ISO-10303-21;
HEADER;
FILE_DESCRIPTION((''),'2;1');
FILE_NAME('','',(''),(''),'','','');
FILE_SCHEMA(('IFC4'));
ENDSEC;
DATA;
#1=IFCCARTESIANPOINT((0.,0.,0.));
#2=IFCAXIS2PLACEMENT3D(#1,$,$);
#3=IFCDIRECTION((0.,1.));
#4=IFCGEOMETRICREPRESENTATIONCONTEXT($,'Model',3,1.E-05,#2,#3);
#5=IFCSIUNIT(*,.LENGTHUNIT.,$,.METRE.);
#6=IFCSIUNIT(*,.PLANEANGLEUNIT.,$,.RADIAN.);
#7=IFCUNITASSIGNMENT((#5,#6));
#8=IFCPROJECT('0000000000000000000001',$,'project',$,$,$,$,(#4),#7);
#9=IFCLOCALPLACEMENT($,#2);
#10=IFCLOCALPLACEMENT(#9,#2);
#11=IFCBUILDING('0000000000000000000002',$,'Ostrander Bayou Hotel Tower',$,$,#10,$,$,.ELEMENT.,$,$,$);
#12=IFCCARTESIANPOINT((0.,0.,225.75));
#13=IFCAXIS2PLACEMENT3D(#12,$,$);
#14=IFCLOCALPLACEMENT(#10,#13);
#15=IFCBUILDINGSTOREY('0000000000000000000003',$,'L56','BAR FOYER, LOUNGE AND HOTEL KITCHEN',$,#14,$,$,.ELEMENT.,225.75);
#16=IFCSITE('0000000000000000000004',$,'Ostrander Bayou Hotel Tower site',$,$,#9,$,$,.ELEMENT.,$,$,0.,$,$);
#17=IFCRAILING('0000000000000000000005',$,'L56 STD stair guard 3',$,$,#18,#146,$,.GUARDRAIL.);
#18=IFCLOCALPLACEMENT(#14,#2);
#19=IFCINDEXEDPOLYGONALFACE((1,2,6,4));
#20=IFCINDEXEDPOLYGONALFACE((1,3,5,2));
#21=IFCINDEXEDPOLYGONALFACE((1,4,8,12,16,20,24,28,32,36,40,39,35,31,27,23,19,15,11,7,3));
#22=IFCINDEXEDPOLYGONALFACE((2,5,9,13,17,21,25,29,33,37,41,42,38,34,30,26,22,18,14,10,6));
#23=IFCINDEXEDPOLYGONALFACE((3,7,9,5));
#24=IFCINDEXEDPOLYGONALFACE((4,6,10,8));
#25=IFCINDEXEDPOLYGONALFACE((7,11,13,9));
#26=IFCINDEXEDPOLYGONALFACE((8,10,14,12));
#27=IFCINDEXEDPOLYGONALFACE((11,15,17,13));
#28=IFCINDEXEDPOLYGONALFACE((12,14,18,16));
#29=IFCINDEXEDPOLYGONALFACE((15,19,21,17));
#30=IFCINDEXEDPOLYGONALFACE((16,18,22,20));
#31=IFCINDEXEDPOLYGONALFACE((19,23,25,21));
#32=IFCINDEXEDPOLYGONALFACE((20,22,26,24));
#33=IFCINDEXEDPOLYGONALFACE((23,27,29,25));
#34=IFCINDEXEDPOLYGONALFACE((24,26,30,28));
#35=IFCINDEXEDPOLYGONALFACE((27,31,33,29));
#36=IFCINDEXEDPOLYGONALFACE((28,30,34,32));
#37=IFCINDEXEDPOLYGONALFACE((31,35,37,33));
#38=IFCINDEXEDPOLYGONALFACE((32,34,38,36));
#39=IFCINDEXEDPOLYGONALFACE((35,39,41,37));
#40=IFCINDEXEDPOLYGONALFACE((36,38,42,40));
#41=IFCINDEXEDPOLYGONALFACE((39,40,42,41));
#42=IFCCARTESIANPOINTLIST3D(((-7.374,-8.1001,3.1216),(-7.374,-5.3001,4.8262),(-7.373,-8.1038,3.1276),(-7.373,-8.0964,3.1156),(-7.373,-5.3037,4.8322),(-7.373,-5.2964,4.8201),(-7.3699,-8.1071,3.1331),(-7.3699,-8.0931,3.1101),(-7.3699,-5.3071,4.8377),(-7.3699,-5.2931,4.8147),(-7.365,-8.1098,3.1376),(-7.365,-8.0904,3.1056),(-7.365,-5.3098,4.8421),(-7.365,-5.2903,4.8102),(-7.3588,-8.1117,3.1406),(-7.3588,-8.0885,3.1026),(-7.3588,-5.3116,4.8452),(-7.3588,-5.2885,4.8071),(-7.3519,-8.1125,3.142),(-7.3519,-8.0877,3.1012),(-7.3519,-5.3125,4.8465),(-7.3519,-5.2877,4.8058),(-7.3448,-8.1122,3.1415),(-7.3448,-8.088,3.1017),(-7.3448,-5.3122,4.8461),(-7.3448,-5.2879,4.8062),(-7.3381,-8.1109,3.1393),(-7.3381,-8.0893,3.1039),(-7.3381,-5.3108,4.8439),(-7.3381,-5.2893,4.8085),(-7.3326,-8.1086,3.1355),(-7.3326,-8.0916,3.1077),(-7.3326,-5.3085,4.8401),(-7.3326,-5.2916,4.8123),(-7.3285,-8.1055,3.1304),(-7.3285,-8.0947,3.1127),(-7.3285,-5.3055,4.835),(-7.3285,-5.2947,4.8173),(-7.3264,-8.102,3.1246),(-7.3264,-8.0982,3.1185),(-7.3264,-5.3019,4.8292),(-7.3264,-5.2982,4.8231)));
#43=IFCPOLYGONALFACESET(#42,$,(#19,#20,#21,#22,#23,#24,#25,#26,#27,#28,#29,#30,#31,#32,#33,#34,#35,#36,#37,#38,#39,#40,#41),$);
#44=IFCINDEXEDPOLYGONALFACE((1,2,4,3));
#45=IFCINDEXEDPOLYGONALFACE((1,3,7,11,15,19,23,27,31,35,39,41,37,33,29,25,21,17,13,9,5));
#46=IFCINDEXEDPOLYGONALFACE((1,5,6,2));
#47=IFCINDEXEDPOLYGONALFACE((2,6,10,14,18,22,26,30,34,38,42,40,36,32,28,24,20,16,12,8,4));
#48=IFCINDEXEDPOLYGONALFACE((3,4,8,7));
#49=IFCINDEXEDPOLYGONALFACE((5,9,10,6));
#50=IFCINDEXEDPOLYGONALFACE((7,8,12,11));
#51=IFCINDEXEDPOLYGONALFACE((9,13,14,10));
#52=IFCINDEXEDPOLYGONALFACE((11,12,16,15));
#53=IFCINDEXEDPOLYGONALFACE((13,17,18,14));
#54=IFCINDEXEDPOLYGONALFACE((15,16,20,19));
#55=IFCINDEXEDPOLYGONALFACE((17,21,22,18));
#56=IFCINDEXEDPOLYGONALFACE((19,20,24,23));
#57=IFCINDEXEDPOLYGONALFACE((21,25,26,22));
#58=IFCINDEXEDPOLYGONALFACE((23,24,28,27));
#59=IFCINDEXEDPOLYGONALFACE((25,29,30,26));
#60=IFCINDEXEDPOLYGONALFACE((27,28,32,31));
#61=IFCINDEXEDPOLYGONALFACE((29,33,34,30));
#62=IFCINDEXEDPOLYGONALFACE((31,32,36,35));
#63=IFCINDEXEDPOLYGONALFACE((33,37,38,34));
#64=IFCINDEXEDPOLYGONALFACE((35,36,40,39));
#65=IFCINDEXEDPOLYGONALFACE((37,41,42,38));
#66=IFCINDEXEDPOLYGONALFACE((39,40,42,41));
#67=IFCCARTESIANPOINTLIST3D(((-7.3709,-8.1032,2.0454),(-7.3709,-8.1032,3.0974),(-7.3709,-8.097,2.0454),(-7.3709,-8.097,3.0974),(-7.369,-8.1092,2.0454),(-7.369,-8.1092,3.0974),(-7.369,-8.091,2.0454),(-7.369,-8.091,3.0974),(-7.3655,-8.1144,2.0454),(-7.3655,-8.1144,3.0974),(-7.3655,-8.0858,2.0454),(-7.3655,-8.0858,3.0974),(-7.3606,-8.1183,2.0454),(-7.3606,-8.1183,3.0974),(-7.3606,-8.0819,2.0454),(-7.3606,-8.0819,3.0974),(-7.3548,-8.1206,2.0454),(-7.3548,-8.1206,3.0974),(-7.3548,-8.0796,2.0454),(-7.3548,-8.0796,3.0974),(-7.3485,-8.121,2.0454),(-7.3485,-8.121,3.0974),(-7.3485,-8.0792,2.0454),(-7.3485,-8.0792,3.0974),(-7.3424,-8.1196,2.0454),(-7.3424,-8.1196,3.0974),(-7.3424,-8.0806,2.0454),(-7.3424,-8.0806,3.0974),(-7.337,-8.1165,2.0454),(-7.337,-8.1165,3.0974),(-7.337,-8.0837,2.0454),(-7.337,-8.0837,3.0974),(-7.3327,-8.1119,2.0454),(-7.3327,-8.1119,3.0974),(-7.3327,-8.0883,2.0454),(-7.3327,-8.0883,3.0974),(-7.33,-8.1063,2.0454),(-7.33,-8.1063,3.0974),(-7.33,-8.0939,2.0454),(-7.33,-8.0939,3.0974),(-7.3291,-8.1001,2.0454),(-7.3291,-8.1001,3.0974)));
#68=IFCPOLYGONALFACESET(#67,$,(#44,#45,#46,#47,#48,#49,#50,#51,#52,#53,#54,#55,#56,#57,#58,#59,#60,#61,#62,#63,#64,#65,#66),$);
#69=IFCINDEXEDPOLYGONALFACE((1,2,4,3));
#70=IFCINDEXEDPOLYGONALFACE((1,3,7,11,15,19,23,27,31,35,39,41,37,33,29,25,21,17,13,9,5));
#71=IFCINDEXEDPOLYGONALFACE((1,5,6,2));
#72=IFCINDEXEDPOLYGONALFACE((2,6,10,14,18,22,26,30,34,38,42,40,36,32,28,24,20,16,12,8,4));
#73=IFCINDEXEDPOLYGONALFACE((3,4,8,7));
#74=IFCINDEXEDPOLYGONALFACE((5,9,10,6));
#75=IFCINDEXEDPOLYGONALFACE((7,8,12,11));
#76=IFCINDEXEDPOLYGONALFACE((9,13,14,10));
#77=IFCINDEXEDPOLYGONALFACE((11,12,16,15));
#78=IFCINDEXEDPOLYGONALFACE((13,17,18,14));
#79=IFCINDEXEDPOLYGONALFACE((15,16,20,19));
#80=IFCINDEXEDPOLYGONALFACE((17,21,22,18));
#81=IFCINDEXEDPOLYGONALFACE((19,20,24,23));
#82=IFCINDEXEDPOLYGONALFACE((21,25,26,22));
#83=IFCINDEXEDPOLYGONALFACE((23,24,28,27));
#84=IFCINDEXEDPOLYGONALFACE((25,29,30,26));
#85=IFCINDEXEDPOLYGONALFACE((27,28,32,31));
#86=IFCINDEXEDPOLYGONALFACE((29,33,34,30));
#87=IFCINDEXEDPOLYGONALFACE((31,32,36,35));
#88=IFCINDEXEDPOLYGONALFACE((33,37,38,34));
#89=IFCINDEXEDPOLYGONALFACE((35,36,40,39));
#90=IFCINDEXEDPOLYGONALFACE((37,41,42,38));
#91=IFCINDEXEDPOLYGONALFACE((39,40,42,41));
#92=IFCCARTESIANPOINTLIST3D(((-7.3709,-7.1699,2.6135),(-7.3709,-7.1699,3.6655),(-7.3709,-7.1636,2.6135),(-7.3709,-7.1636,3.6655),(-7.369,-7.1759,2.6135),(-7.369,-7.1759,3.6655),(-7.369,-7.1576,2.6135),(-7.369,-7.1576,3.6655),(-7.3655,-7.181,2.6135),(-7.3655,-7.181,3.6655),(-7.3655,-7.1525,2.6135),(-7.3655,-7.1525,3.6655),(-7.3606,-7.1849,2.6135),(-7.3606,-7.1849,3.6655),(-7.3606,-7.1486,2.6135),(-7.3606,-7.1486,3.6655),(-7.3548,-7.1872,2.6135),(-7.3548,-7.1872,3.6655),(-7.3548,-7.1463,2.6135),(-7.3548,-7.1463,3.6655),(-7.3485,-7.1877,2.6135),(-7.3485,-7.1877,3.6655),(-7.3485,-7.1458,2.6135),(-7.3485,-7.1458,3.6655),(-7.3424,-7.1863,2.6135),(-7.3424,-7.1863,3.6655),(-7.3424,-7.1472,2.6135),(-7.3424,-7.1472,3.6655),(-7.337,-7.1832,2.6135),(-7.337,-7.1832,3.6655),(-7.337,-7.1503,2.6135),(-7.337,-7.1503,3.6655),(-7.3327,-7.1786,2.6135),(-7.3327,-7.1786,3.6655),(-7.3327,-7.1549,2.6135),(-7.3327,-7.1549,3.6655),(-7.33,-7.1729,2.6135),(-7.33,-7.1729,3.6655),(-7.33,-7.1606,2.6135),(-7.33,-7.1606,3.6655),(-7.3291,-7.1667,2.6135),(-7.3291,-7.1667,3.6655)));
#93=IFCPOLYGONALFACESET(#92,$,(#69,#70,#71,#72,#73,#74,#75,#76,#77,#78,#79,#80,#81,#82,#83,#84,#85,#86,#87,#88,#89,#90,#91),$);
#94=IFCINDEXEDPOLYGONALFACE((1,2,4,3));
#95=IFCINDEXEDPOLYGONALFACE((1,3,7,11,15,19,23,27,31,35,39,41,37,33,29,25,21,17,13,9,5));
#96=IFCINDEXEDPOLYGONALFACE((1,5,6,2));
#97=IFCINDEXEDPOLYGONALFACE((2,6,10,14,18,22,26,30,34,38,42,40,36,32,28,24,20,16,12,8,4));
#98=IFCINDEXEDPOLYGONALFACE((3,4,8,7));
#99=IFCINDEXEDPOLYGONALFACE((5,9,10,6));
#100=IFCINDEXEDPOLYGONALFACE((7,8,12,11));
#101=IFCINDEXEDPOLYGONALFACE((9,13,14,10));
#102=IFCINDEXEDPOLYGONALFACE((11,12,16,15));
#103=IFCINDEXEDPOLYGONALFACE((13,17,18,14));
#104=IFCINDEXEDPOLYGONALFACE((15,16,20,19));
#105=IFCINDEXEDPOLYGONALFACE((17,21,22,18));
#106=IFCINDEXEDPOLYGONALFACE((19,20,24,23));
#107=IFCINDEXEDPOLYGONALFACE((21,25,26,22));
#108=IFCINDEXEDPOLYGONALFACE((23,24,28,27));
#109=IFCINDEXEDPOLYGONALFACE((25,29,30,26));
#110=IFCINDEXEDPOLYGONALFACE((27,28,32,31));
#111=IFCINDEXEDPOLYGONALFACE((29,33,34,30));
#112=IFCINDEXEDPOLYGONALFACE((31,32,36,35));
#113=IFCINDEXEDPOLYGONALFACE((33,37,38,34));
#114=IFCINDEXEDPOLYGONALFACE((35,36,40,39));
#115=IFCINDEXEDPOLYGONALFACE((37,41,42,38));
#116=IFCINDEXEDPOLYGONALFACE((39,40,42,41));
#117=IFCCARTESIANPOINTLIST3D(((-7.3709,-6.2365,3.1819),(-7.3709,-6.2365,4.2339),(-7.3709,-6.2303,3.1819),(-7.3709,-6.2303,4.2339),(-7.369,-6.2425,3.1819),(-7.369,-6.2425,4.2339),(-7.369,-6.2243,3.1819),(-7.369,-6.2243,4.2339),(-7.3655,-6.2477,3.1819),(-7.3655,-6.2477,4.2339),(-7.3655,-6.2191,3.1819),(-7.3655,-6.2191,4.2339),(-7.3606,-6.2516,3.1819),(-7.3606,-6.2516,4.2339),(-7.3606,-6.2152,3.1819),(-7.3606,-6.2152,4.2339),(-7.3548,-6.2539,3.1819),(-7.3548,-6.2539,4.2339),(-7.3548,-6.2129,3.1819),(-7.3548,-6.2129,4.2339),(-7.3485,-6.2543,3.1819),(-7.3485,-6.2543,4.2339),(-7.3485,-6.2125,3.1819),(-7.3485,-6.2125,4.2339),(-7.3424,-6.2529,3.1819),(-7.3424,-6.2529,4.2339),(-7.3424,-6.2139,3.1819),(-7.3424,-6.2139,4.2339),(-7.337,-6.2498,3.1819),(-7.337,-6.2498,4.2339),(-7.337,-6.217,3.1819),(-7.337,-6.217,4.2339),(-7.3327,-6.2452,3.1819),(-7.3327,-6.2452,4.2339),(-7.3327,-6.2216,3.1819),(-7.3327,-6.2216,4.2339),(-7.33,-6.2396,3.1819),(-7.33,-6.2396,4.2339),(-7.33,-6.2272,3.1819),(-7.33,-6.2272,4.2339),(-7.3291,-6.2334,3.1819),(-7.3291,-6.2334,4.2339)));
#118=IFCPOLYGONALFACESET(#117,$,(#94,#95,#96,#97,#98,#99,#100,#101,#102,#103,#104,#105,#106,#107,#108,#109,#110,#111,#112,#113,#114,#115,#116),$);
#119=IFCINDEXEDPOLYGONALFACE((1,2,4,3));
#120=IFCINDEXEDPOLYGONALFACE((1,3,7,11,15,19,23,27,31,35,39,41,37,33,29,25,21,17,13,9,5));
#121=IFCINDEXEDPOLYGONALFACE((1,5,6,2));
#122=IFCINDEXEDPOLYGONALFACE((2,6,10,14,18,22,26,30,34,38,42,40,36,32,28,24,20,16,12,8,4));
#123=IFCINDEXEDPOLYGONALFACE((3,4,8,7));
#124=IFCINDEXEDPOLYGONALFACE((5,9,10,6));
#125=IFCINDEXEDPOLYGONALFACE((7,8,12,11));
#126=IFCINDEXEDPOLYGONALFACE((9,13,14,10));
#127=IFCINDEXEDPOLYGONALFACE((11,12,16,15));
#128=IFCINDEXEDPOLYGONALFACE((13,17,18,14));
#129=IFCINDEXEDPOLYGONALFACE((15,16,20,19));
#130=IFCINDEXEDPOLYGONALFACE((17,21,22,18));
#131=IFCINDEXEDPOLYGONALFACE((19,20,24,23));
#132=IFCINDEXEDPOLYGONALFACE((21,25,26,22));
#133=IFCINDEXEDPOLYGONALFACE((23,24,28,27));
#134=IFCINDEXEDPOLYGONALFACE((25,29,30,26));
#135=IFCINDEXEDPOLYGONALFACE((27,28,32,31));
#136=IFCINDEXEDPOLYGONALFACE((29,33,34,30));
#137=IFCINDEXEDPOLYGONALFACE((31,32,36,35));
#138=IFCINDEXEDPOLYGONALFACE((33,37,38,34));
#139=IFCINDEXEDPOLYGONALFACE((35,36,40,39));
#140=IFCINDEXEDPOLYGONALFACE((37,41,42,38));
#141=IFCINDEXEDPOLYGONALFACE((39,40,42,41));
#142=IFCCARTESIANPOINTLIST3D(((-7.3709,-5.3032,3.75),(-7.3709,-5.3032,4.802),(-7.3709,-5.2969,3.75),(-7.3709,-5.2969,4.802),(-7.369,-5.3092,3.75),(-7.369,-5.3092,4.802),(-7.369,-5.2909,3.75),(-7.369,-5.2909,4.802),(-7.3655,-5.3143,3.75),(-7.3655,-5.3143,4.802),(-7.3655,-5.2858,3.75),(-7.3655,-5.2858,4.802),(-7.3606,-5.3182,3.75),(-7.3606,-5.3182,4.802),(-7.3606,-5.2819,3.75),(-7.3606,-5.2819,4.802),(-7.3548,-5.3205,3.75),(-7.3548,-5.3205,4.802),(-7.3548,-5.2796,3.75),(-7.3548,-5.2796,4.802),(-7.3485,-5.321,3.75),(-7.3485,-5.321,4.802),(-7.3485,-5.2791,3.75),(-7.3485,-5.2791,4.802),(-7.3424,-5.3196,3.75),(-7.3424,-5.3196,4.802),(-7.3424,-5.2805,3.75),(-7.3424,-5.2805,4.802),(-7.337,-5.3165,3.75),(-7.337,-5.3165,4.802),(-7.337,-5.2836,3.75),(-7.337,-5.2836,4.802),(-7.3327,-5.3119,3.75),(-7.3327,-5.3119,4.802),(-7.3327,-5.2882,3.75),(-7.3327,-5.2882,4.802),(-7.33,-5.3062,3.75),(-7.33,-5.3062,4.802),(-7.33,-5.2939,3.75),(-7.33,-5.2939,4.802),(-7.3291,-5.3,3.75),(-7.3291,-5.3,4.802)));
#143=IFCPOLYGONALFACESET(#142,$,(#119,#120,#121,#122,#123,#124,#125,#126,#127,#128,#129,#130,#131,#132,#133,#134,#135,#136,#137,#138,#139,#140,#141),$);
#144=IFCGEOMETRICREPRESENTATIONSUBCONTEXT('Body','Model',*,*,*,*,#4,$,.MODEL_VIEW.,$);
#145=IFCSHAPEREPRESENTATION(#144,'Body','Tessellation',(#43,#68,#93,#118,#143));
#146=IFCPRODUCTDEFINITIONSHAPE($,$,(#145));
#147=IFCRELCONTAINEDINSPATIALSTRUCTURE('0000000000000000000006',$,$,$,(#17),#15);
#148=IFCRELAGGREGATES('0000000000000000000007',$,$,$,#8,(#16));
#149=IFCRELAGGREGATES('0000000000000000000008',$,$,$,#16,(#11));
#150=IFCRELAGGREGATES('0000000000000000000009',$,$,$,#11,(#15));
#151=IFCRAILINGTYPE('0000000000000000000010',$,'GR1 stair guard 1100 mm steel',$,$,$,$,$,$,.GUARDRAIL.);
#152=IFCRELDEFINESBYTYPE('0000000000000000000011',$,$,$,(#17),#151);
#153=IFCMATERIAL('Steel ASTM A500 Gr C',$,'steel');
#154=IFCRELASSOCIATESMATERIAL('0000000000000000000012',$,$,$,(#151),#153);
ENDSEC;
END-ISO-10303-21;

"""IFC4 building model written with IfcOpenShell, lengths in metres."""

from ifc_helpers import new_model, si_unit, direction, frame, origin, origin_2d, place, context, subcontext, project, spatial, circle, extrude, material, type_object, element, save


model = new_model("IFC4")

# Units and contexts
model_context = context("Model", 3, precision=1e-05, world=origin(), true_north=direction((0.0, 1.0)))
body_context = subcontext(model_context, "Body", "Model", "MODEL_VIEW")
ifc_project = project(units=[si_unit("LENGTHUNIT", "METRE"), si_unit("PLANEANGLEUNIT", "RADIAN")], contexts=[model_context])

# Site, building, storey
site_placement = place(None, origin())
site = spatial("IfcSite", under=ifc_project, at=site_placement, Name="Ostrander Bayou Hotel Tower site", CompositionType="ELEMENT", RefElevation=0.0)
building_placement = place(site_placement, origin())
building = spatial("IfcBuilding", under=site, at=building_placement, Name="Ostrander Bayou Hotel Tower", CompositionType="ELEMENT")
storey_placement = place(building_placement, frame((0.0, 0.0, 225.75)))
storey = spatial("IfcBuildingStorey", under=building, at=storey_placement, Name="L56", Description="BAR FOYER, LOUNGE AND HOTEL KITCHEN", CompositionType="ELEMENT", Elevation=225.75)

# Railing
ifc_material_1 = material(Name="Steel ASTM A500 Gr C", Category="steel")
railing_type_1 = type_object("IfcRailingType", Name="GR1 stair guard 1100 mm steel", PredefinedType="GUARDRAIL", material=ifc_material_1)
railing_1_placement = place(storey_placement, frame((-7.3501, -8.1001, 2.0454)))
element("IfcRailing", 1, at=railing_1_placement, inside=storey, type_object=railing_type_1, Name="L56 STD stair guard 3", PredefinedType="GUARDRAIL", context=body_context, shape_type="SweptSolid", body=[
    extrude(circle(Radius=0.0239, at=origin_2d()), frame((0.0, 0.0, 1.0762), z_axis=(0.0, 0.85417, 0.519994), x_axis=(-1.0, 0.0, 0.0)), (0.0, 0.0, 1.0), 3.2781),
    extrude(circle(Radius=0.021, at=origin_2d()), origin(), (0.0, 0.0, 1.0), 1.052),
    extrude(circle(Radius=0.021, at=origin_2d()), frame((0.0, 0.9333, 0.5681)), (0.0, 0.0, 1.0), 1.052),
    extrude(circle(Radius=0.021, at=origin_2d()), frame((0.0, 1.8667, 1.1365)), (0.0, 0.0, 1.0), 1.052),
    extrude(circle(Radius=0.021, at=origin_2d()), frame((0.0, 2.8, 1.7046)), (0.0, 0.0, 1.0), 1.052),
])

save(model, "model.ifc")
